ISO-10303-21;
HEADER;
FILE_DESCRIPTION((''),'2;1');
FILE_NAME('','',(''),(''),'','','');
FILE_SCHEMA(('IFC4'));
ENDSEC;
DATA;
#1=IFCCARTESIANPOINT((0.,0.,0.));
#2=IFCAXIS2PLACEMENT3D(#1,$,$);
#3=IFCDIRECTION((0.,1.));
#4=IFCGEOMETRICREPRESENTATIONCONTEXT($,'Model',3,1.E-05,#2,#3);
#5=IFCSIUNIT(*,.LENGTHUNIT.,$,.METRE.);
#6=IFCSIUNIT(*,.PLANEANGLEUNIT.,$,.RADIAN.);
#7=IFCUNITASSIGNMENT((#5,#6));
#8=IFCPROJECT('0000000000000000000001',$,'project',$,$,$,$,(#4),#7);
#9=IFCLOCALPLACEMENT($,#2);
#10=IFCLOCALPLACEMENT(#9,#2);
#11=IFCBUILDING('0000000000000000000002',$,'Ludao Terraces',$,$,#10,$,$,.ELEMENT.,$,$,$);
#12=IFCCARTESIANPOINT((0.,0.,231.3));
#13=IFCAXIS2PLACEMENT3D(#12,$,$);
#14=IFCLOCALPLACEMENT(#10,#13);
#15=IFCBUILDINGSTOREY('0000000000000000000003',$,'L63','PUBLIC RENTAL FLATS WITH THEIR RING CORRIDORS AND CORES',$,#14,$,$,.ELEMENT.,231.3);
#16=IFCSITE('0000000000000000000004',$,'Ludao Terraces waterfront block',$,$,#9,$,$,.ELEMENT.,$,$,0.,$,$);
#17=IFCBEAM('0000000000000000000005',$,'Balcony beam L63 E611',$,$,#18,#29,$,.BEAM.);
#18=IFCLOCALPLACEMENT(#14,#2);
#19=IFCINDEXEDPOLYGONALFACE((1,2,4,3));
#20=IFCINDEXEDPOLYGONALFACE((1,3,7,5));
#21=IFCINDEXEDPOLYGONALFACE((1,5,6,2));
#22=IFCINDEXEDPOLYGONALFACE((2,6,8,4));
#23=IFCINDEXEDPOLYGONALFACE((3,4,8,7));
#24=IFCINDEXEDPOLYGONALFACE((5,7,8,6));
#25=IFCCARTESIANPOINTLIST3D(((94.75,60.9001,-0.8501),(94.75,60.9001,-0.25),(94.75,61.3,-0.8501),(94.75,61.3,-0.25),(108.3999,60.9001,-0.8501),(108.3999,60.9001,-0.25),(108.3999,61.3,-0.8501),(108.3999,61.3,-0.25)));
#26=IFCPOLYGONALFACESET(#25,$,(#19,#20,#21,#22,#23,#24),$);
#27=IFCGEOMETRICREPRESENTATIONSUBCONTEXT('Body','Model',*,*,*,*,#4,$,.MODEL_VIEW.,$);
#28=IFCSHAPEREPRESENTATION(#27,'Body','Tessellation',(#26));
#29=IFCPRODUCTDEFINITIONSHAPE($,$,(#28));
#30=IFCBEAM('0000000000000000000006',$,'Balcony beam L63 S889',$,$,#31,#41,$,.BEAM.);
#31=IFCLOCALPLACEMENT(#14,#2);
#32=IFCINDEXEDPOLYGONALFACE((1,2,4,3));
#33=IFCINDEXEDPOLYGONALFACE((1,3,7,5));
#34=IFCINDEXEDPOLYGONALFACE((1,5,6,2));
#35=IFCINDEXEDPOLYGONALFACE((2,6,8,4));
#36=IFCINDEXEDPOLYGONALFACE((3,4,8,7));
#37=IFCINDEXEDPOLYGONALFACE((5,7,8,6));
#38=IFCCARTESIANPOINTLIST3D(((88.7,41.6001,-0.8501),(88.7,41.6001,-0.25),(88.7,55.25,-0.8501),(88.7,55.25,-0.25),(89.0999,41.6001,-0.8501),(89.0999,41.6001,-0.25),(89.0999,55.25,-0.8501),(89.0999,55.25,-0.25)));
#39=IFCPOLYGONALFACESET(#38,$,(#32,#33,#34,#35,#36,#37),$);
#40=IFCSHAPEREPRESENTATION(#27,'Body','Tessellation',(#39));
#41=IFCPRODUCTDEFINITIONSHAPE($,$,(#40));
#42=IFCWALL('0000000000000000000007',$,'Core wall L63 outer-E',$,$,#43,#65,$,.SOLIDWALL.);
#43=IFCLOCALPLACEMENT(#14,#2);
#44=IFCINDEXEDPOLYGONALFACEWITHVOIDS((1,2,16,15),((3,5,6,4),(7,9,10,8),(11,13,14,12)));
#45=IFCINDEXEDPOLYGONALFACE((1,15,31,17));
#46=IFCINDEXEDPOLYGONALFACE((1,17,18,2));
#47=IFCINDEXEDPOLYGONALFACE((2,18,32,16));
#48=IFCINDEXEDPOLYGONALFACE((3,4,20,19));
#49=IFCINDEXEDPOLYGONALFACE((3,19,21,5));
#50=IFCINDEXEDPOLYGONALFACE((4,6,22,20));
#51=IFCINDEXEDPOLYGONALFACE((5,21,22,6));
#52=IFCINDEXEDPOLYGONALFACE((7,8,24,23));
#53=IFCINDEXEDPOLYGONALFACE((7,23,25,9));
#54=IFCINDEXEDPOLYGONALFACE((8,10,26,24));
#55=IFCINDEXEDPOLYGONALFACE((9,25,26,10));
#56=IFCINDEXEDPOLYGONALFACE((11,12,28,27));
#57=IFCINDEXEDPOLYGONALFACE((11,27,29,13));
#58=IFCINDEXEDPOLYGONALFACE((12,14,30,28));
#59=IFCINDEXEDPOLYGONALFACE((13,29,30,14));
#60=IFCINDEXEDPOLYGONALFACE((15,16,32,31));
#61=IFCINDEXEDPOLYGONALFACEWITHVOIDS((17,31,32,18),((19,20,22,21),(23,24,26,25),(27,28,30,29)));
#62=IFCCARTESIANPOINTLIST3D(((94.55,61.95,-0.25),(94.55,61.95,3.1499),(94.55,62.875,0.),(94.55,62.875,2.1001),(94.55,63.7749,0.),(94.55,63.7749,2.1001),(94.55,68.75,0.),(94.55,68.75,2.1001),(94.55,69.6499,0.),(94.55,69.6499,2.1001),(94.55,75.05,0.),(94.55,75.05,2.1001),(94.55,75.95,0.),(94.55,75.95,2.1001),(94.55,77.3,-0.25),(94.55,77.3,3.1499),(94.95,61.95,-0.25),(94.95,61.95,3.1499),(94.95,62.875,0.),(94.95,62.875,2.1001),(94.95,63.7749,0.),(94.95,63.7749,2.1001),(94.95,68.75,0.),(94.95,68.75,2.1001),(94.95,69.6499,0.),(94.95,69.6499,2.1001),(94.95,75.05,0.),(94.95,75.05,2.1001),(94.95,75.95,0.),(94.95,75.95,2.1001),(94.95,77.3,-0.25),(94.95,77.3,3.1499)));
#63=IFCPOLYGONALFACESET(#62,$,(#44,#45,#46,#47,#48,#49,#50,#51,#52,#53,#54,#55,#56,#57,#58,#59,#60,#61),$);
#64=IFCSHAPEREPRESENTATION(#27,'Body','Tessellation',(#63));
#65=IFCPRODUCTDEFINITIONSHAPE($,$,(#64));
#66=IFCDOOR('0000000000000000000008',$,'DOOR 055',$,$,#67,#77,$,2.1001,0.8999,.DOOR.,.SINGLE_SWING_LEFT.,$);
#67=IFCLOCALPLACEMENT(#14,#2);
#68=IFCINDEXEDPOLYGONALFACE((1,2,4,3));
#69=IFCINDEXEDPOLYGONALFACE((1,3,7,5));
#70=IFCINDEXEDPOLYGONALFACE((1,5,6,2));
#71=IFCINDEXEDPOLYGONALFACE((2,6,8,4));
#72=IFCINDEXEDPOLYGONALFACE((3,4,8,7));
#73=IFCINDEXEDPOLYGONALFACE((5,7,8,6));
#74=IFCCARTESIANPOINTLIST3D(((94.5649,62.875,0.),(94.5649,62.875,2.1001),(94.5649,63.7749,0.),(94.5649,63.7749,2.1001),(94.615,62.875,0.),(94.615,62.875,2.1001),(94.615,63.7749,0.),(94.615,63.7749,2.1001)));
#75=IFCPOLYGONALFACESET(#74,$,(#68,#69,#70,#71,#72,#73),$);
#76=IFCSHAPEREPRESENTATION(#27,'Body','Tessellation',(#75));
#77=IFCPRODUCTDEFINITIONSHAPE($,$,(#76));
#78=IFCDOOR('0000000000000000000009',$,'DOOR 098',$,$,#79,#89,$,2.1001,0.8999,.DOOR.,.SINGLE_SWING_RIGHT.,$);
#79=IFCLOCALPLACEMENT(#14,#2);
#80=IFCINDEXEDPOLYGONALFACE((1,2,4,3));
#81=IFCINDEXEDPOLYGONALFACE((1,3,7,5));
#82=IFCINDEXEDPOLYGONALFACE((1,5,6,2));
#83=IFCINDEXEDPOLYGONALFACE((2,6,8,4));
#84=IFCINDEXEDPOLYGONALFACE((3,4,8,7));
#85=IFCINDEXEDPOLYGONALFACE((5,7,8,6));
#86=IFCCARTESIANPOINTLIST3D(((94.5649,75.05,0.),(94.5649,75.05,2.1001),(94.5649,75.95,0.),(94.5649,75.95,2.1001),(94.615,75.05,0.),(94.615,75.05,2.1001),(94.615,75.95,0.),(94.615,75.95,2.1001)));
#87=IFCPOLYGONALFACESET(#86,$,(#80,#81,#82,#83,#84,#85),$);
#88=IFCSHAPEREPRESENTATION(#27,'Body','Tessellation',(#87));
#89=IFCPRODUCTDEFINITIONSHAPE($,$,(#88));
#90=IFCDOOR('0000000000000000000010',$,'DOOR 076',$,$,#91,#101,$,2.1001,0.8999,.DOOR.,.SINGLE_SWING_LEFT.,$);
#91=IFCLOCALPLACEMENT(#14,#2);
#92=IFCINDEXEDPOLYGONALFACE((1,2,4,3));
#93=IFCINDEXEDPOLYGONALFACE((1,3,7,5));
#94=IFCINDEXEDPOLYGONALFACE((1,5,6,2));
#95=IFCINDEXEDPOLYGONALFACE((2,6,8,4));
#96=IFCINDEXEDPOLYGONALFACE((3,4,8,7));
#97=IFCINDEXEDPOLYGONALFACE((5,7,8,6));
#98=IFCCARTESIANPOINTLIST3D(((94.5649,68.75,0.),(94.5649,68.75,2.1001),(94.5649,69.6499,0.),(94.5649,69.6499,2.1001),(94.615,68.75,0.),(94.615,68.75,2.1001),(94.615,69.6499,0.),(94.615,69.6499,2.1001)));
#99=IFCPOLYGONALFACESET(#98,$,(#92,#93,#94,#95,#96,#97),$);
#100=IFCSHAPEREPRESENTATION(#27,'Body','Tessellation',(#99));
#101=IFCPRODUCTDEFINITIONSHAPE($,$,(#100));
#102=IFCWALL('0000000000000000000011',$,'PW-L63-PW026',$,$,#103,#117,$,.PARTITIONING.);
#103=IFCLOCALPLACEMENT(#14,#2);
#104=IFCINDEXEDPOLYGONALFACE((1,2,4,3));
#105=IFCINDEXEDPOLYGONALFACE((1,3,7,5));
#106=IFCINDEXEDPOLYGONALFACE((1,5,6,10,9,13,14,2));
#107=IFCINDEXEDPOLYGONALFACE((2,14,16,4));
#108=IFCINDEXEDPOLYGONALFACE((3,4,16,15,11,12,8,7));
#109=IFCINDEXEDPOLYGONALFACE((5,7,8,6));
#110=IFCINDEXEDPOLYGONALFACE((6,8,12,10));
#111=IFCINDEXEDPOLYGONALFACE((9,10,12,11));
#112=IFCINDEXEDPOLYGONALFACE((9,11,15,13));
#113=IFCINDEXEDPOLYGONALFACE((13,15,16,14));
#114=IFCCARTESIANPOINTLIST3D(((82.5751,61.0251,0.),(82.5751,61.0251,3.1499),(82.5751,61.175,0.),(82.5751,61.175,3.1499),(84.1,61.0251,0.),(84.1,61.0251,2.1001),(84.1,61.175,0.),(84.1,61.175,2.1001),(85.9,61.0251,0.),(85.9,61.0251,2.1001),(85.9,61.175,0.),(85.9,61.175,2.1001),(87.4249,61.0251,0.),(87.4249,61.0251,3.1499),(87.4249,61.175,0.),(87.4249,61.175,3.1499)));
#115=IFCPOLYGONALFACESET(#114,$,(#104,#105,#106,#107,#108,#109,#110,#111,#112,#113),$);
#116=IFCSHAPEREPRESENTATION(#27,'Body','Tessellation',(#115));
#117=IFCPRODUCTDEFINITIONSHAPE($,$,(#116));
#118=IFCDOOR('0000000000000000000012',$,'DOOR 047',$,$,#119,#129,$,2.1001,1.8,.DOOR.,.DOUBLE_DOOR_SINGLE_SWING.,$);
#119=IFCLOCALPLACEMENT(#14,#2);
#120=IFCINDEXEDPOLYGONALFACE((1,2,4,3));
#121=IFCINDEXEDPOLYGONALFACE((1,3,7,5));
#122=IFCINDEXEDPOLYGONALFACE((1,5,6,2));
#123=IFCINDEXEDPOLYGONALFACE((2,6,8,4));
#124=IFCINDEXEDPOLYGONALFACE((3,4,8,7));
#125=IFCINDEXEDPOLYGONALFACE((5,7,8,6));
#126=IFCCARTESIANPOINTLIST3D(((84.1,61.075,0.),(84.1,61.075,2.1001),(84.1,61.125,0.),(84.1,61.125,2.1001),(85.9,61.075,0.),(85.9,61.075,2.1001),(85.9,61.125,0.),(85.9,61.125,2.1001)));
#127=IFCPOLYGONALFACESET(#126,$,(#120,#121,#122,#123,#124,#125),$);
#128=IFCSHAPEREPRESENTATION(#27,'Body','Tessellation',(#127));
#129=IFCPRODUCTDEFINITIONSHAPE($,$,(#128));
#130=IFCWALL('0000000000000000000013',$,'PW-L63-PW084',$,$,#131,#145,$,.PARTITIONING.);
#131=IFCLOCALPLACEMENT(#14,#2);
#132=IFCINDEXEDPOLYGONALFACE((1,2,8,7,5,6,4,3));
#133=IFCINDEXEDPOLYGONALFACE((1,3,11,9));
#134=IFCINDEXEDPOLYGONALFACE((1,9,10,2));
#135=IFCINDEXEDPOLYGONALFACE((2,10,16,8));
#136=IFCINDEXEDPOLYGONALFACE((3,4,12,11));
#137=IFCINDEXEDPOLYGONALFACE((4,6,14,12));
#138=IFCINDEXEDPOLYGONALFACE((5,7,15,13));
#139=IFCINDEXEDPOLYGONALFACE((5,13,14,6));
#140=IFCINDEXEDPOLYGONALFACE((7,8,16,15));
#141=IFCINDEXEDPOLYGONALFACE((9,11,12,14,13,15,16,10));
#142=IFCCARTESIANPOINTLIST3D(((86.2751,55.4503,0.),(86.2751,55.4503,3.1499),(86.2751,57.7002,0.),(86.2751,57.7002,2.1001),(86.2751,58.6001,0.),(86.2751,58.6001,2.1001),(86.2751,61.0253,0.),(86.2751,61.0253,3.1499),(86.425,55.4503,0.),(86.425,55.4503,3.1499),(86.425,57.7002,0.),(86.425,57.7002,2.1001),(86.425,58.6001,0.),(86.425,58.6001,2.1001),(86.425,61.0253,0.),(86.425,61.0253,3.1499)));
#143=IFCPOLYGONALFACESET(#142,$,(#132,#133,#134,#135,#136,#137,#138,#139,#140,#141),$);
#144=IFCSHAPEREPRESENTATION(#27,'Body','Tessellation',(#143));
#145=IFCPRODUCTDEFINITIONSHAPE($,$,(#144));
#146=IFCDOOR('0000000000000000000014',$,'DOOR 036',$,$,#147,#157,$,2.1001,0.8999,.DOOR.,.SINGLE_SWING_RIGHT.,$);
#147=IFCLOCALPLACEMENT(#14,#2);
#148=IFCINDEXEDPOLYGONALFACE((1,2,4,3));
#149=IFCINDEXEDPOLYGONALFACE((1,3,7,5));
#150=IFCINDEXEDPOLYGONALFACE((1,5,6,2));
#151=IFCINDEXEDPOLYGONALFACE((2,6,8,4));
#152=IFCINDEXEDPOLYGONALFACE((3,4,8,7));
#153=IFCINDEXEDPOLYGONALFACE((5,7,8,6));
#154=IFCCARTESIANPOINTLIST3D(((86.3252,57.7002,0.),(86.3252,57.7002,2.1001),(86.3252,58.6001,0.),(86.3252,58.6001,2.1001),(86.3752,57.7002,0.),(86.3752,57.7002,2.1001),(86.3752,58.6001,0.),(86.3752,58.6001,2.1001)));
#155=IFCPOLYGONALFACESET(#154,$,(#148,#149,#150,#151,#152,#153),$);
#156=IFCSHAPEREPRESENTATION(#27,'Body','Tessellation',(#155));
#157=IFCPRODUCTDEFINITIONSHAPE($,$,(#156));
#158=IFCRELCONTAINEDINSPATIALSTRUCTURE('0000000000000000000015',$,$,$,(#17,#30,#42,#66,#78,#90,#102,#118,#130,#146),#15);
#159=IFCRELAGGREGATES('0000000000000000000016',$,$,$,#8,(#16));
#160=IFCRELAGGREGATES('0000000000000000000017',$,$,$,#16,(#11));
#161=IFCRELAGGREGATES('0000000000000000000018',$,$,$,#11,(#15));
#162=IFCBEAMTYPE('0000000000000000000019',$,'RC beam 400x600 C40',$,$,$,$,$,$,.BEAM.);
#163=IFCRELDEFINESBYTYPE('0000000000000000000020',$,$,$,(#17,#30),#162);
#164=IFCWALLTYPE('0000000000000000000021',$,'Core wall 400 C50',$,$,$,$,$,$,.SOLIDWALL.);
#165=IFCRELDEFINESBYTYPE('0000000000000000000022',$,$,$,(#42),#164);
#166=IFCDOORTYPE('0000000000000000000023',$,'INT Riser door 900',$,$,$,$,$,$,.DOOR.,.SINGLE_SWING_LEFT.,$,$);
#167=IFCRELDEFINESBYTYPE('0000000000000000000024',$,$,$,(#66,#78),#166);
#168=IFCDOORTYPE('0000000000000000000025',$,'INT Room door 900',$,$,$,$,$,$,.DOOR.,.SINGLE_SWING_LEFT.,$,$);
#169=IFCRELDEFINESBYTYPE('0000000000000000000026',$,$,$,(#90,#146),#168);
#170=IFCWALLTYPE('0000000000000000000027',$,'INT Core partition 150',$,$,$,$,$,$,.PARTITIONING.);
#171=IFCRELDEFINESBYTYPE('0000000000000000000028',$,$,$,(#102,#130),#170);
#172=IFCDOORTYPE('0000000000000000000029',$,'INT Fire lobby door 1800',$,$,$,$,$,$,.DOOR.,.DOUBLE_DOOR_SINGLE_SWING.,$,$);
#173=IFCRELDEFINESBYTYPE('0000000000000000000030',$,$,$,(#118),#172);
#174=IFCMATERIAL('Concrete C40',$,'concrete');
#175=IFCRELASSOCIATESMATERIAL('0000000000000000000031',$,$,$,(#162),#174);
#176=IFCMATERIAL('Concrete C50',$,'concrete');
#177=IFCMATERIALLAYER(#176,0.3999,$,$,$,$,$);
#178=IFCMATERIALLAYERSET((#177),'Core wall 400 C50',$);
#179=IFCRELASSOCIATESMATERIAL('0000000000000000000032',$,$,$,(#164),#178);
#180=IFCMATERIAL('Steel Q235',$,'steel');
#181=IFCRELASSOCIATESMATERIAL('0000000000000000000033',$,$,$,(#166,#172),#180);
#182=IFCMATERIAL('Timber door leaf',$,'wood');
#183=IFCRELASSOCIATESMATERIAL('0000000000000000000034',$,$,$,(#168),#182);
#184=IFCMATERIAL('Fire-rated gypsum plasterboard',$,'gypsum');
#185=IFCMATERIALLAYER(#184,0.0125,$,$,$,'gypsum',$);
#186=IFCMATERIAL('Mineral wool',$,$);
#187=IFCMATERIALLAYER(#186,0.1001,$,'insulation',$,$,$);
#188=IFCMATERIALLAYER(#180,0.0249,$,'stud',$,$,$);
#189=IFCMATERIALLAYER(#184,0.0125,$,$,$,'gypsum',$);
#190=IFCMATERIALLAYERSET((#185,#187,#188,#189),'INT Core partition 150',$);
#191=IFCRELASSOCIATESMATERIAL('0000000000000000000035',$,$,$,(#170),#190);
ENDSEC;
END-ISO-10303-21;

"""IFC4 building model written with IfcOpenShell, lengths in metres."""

from ifc_helpers import new_model, si_unit, direction, frame, frame_2d, origin, origin_2d, place, context, subcontext, project, spatial, rectangle, extrude, material, layer, layer_set, material_profile, profile_set, type_object, element, fill, save


model = new_model("IFC4")

# Units and contexts
model_context = context("Model", 3, precision=1e-05, world=origin(), true_north=direction((0.0, 1.0)))
body_context = subcontext(model_context, "Body", "Model", "MODEL_VIEW")
ifc_project = project(units=[si_unit("LENGTHUNIT", "METRE"), si_unit("PLANEANGLEUNIT", "RADIAN")], contexts=[model_context])

# Site, building, storey
site_placement = place(None, origin())
site = spatial("IfcSite", under=ifc_project, at=site_placement, Name="Ludao Terraces waterfront block", CompositionType="ELEMENT", RefElevation=0.0)
building_placement = place(site_placement, origin())
building = spatial("IfcBuilding", under=site, at=building_placement, Name="Ludao Terraces", CompositionType="ELEMENT")
storey_placement = place(building_placement, frame((0.0, 0.0, 231.3)))
storey = spatial("IfcBuildingStorey", under=building, at=storey_placement, Name="L63", Description="PUBLIC RENTAL FLATS WITH THEIR RING CORRIDORS AND CORES", CompositionType="ELEMENT", Elevation=231.3)

# Beams
ifc_material_1 = material(Name="Concrete C40", Category="concrete")
ifc_material_profile = material_profile(ifc_material_1, rectangle(XDim=0.3999, YDim=0.6001, at=origin_2d()), Name="400 X 600")
ifc_profile_set = profile_set([ifc_material_profile], Name="Concrete C40")
beam_type = type_object("IfcBeamType", Name="RC beam 400x600 C40", PredefinedType="BEAM", material=ifc_profile_set)
for number, where, z_axis, x_axis, name in (
    (1, (94.75, 61.1001, -0.55), (1.0, 0.0, 0.0), (0.0, 1.0, 0.0), "Balcony beam L63 E611"),
    (2, (88.8999, 55.25, -0.55), (0.0, -1.0, 0.0), (1.0, 0.0, 0.0), "Balcony beam L63 S889"),
):
    element("IfcBeam", number, at=place(storey_placement, frame(where, z_axis=z_axis, x_axis=x_axis)), inside=storey, type_object=beam_type, Name=name, PredefinedType="BEAM", context=body_context, shape_type="SweptSolid", body=[
        extrude(rectangle(XDim=0.3999, YDim=0.6001, at=origin_2d()), origin(), (0.0, 0.0, 1.0), 13.6499),
    ])

# Wall, openings, doors
ifc_material_2 = material(Name="Concrete C50", Category="concrete")
ifc_layer_1 = layer(ifc_material_2, 0.3999)
ifc_layer_set_1 = layer_set([ifc_layer_1], Name="Core wall 400 C50")
wall_type_1 = type_object("IfcWallType", Name="Core wall 400 C50", PredefinedType="SOLIDWALL", material=ifc_layer_set_1)
wall_1_placement = place(storey_placement, frame((94.75, 61.95, -0.25), z_axis=(0.0, 0.0, 1.0), x_axis=(0.0, 1.0, 0.0)))
wall_1 = element("IfcWall", 3, at=wall_1_placement, inside=storey, type_object=wall_type_1, Name="Core wall L63 outer-E", PredefinedType="SOLIDWALL", context=body_context, shape_type="SweptSolid", body=[
    extrude(rectangle(XDim=15.3501, YDim=0.3999, at=frame_2d((7.675, 0.0))), origin(), (0.0, 0.0, 1.0), 3.3999),
])
opening_1_placement = place(wall_1_placement, frame((0.925, 0.0, 0.25)))
opening_1 = element("IfcOpeningElement", 4, at=opening_1_placement, cuts=wall_1, PredefinedType="OPENING", context=body_context, shape_type="SweptSolid", body=[
    extrude(rectangle(XDim=0.8999, YDim=2.1001, at=frame_2d((0.45, 1.05))), frame((0.0, 0.21, 0.0), z_axis=(0.0, -1.0, 0.0), x_axis=(1.0, 0.0, 0.0)), (0.0, 0.0, 1.0), 0.4199),
])
opening_2_placement = place(wall_1_placement, frame((6.8, 0.0, 0.25)))
opening_2 = element("IfcOpeningElement", 5, at=opening_2_placement, cuts=wall_1, PredefinedType="OPENING", context=body_context, shape_type="SweptSolid", body=[
    extrude(rectangle(XDim=0.8999, YDim=2.1001, at=frame_2d((0.45, 1.05))), frame((0.0, 0.21, 0.0), z_axis=(0.0, -1.0, 0.0), x_axis=(1.0, 0.0, 0.0)), (0.0, 0.0, 1.0), 0.4199),
])
opening_3_placement = place(wall_1_placement, frame((13.1001, 0.0, 0.25)))
opening_3 = element("IfcOpeningElement", 6, at=opening_3_placement, cuts=wall_1, PredefinedType="OPENING", context=body_context, shape_type="SweptSolid", body=[
    extrude(rectangle(XDim=0.8999, YDim=2.1001, at=frame_2d((0.45, 1.05))), frame((0.0, 0.21, 0.0), z_axis=(0.0, -1.0, 0.0), x_axis=(1.0, 0.0, 0.0)), (0.0, 0.0, 1.0), 0.4199),
])
ifc_material_3 = material(Name="Steel Q235", Category="steel")
door_type_1 = type_object("IfcDoorType", Name="INT Riser door 900", OperationType="SINGLE_SWING_LEFT", PredefinedType="DOOR", material=ifc_material_3)
door_1_placement = place(opening_1_placement, origin())
door_1 = element("IfcDoor", 7, at=door_1_placement, inside=storey, type_object=door_type_1, Name="DOOR 055", OperationType="SINGLE_SWING_LEFT", OverallHeight=2.1001, OverallWidth=0.8999, PredefinedType="DOOR", context=body_context, shape_type="SweptSolid", body=[
    extrude(rectangle(XDim=0.8999, YDim=2.1001, at=frame_2d((0.45, 1.05))), frame((0.0, 0.1851, 0.0), z_axis=(0.0, -1.0, 0.0), x_axis=(1.0, 0.0, 0.0)), (0.0, 0.0, 1.0), 0.05),
])
fill(opening_1, door_1)
door_2_placement = place(opening_3_placement, origin())
door_2 = element("IfcDoor", 8, at=door_2_placement, inside=storey, type_object=door_type_1, Name="DOOR 098", OperationType="SINGLE_SWING_RIGHT", OverallHeight=2.1001, OverallWidth=0.8999, PredefinedType="DOOR", context=body_context, shape_type="SweptSolid", body=[
    extrude(rectangle(XDim=0.8999, YDim=2.1001, at=frame_2d((0.45, 1.05))), frame((0.0, 0.1851, 0.0), z_axis=(0.0, -1.0, 0.0), x_axis=(1.0, 0.0, 0.0)), (0.0, 0.0, 1.0), 0.05),
])
fill(opening_3, door_2)
ifc_material_4 = material(Name="Timber door leaf", Category="wood")
door_type_2 = type_object("IfcDoorType", Name="INT Room door 900", OperationType="SINGLE_SWING_LEFT", PredefinedType="DOOR", material=ifc_material_4)
door_3_placement = place(opening_2_placement, origin())
door_3 = element("IfcDoor", 9, at=door_3_placement, inside=storey, type_object=door_type_2, Name="DOOR 076", OperationType="SINGLE_SWING_LEFT", OverallHeight=2.1001, OverallWidth=0.8999, PredefinedType="DOOR", context=body_context, shape_type="SweptSolid", body=[
    extrude(rectangle(XDim=0.8999, YDim=2.1001, at=frame_2d((0.45, 1.05))), frame((0.0, 0.1851, 0.0), z_axis=(0.0, -1.0, 0.0), x_axis=(1.0, 0.0, 0.0)), (0.0, 0.0, 1.0), 0.05),
])
fill(opening_2, door_3)

# Walls, openings, doors
ifc_material_5 = material(Name="Fire-rated gypsum plasterboard", Category="gypsum")
ifc_layer_2 = layer(ifc_material_5, 0.0125, Category="gypsum")
ifc_material_6 = material(Name="Mineral wool")
ifc_layer_3 = layer(ifc_material_6, 0.1001, Name="insulation")
ifc_layer_4 = layer(ifc_material_3, 0.0249, Name="stud")
ifc_layer_5 = layer(ifc_material_5, 0.0125, Category="gypsum")
ifc_layer_set_2 = layer_set([ifc_layer_2, ifc_layer_3, ifc_layer_4, ifc_layer_5], Name="INT Core partition 150")
wall_type_2 = type_object("IfcWallType", Name="INT Core partition 150", PredefinedType="PARTITIONING", material=ifc_layer_set_2)
wall_2_placement = place(storey_placement, frame((82.5752, 61.1001, 0.0), z_axis=(0.0, 0.0, 1.0), x_axis=(1.0, 0.0, 0.0)))
wall_2 = element("IfcWall", 10, at=wall_2_placement, inside=storey, type_object=wall_type_2, Name="PW-L63-PW026", PredefinedType="PARTITIONING", context=body_context, shape_type="SweptSolid", body=[
    extrude(rectangle(XDim=4.8499, YDim=0.1499, at=frame_2d((2.4248, 0.0))), origin(), (0.0, 0.0, 1.0), 3.1499),
])
opening_4_placement = place(wall_2_placement, frame((1.5249, 0.0, 0.0)))
opening_4 = element("IfcOpeningElement", 11, at=opening_4_placement, cuts=wall_2, PredefinedType="OPENING", context=body_context, shape_type="SweptSolid", body=[
    extrude(rectangle(XDim=1.8, YDim=2.1001, at=frame_2d((0.8999, 1.05))), frame((0.0, 0.085, 0.0), z_axis=(0.0, -1.0, 0.0), x_axis=(1.0, 0.0, 0.0)), (0.0, 0.0, 1.0), 0.1699),
])
door_type_3 = type_object("IfcDoorType", Name="INT Fire lobby door 1800", OperationType="DOUBLE_DOOR_SINGLE_SWING", PredefinedType="DOOR", material=ifc_material_3)
door_4_placement = place(opening_4_placement, origin())
door_4 = element("IfcDoor", 12, at=door_4_placement, inside=storey, type_object=door_type_3, Name="DOOR 047", OperationType="DOUBLE_DOOR_SINGLE_SWING", OverallHeight=2.1001, OverallWidth=1.8, PredefinedType="DOOR", context=body_context, shape_type="SweptSolid", body=[
    extrude(rectangle(XDim=1.8, YDim=2.1001, at=frame_2d((0.8999, 1.05))), frame((0.0, 0.0249, 0.0), z_axis=(0.0, -1.0, 0.0), x_axis=(1.0, 0.0, 0.0)), (0.0, 0.0, 1.0), 0.05),
])
fill(opening_4, door_4)
wall_3_placement = place(storey_placement, frame((86.3501, 55.4502, 0.0), z_axis=(0.0, 0.0, 1.0), x_axis=(0.0, 1.0, 0.0)))
wall_3 = element("IfcWall", 13, at=wall_3_placement, inside=storey, type_object=wall_type_2, Name="PW-L63-PW084", PredefinedType="PARTITIONING", context=body_context, shape_type="SweptSolid", body=[
    extrude(rectangle(XDim=5.575, YDim=0.1499, at=frame_2d((2.7876, 0.0))), origin(), (0.0, 0.0, 1.0), 3.1499),
])
opening_5_placement = place(wall_3_placement, frame((2.25, 0.0, 0.0)))
opening_5 = element("IfcOpeningElement", 14, at=opening_5_placement, cuts=wall_3, PredefinedType="OPENING", context=body_context, shape_type="SweptSolid", body=[
    extrude(rectangle(XDim=0.8999, YDim=2.1001, at=frame_2d((0.45, 1.05))), frame((0.0, 0.085, 0.0), z_axis=(0.0, -1.0, 0.0), x_axis=(1.0, 0.0, 0.0)), (0.0, 0.0, 1.0), 0.1699),
])
door_5_placement = place(opening_5_placement, origin())
door_5 = element("IfcDoor", 15, at=door_5_placement, inside=storey, type_object=door_type_2, Name="DOOR 036", OperationType="SINGLE_SWING_RIGHT", OverallHeight=2.1001, OverallWidth=0.8999, PredefinedType="DOOR", context=body_context, shape_type="SweptSolid", body=[
    extrude(rectangle(XDim=0.8999, YDim=2.1001, at=frame_2d((0.45, 1.05))), frame((0.0, 0.0249, 0.0), z_axis=(0.0, -1.0, 0.0), x_axis=(1.0, 0.0, 0.0)), (0.0, 0.0, 1.0), 0.05),
])
fill(opening_5, door_5)

save(model, "model.ifc")
